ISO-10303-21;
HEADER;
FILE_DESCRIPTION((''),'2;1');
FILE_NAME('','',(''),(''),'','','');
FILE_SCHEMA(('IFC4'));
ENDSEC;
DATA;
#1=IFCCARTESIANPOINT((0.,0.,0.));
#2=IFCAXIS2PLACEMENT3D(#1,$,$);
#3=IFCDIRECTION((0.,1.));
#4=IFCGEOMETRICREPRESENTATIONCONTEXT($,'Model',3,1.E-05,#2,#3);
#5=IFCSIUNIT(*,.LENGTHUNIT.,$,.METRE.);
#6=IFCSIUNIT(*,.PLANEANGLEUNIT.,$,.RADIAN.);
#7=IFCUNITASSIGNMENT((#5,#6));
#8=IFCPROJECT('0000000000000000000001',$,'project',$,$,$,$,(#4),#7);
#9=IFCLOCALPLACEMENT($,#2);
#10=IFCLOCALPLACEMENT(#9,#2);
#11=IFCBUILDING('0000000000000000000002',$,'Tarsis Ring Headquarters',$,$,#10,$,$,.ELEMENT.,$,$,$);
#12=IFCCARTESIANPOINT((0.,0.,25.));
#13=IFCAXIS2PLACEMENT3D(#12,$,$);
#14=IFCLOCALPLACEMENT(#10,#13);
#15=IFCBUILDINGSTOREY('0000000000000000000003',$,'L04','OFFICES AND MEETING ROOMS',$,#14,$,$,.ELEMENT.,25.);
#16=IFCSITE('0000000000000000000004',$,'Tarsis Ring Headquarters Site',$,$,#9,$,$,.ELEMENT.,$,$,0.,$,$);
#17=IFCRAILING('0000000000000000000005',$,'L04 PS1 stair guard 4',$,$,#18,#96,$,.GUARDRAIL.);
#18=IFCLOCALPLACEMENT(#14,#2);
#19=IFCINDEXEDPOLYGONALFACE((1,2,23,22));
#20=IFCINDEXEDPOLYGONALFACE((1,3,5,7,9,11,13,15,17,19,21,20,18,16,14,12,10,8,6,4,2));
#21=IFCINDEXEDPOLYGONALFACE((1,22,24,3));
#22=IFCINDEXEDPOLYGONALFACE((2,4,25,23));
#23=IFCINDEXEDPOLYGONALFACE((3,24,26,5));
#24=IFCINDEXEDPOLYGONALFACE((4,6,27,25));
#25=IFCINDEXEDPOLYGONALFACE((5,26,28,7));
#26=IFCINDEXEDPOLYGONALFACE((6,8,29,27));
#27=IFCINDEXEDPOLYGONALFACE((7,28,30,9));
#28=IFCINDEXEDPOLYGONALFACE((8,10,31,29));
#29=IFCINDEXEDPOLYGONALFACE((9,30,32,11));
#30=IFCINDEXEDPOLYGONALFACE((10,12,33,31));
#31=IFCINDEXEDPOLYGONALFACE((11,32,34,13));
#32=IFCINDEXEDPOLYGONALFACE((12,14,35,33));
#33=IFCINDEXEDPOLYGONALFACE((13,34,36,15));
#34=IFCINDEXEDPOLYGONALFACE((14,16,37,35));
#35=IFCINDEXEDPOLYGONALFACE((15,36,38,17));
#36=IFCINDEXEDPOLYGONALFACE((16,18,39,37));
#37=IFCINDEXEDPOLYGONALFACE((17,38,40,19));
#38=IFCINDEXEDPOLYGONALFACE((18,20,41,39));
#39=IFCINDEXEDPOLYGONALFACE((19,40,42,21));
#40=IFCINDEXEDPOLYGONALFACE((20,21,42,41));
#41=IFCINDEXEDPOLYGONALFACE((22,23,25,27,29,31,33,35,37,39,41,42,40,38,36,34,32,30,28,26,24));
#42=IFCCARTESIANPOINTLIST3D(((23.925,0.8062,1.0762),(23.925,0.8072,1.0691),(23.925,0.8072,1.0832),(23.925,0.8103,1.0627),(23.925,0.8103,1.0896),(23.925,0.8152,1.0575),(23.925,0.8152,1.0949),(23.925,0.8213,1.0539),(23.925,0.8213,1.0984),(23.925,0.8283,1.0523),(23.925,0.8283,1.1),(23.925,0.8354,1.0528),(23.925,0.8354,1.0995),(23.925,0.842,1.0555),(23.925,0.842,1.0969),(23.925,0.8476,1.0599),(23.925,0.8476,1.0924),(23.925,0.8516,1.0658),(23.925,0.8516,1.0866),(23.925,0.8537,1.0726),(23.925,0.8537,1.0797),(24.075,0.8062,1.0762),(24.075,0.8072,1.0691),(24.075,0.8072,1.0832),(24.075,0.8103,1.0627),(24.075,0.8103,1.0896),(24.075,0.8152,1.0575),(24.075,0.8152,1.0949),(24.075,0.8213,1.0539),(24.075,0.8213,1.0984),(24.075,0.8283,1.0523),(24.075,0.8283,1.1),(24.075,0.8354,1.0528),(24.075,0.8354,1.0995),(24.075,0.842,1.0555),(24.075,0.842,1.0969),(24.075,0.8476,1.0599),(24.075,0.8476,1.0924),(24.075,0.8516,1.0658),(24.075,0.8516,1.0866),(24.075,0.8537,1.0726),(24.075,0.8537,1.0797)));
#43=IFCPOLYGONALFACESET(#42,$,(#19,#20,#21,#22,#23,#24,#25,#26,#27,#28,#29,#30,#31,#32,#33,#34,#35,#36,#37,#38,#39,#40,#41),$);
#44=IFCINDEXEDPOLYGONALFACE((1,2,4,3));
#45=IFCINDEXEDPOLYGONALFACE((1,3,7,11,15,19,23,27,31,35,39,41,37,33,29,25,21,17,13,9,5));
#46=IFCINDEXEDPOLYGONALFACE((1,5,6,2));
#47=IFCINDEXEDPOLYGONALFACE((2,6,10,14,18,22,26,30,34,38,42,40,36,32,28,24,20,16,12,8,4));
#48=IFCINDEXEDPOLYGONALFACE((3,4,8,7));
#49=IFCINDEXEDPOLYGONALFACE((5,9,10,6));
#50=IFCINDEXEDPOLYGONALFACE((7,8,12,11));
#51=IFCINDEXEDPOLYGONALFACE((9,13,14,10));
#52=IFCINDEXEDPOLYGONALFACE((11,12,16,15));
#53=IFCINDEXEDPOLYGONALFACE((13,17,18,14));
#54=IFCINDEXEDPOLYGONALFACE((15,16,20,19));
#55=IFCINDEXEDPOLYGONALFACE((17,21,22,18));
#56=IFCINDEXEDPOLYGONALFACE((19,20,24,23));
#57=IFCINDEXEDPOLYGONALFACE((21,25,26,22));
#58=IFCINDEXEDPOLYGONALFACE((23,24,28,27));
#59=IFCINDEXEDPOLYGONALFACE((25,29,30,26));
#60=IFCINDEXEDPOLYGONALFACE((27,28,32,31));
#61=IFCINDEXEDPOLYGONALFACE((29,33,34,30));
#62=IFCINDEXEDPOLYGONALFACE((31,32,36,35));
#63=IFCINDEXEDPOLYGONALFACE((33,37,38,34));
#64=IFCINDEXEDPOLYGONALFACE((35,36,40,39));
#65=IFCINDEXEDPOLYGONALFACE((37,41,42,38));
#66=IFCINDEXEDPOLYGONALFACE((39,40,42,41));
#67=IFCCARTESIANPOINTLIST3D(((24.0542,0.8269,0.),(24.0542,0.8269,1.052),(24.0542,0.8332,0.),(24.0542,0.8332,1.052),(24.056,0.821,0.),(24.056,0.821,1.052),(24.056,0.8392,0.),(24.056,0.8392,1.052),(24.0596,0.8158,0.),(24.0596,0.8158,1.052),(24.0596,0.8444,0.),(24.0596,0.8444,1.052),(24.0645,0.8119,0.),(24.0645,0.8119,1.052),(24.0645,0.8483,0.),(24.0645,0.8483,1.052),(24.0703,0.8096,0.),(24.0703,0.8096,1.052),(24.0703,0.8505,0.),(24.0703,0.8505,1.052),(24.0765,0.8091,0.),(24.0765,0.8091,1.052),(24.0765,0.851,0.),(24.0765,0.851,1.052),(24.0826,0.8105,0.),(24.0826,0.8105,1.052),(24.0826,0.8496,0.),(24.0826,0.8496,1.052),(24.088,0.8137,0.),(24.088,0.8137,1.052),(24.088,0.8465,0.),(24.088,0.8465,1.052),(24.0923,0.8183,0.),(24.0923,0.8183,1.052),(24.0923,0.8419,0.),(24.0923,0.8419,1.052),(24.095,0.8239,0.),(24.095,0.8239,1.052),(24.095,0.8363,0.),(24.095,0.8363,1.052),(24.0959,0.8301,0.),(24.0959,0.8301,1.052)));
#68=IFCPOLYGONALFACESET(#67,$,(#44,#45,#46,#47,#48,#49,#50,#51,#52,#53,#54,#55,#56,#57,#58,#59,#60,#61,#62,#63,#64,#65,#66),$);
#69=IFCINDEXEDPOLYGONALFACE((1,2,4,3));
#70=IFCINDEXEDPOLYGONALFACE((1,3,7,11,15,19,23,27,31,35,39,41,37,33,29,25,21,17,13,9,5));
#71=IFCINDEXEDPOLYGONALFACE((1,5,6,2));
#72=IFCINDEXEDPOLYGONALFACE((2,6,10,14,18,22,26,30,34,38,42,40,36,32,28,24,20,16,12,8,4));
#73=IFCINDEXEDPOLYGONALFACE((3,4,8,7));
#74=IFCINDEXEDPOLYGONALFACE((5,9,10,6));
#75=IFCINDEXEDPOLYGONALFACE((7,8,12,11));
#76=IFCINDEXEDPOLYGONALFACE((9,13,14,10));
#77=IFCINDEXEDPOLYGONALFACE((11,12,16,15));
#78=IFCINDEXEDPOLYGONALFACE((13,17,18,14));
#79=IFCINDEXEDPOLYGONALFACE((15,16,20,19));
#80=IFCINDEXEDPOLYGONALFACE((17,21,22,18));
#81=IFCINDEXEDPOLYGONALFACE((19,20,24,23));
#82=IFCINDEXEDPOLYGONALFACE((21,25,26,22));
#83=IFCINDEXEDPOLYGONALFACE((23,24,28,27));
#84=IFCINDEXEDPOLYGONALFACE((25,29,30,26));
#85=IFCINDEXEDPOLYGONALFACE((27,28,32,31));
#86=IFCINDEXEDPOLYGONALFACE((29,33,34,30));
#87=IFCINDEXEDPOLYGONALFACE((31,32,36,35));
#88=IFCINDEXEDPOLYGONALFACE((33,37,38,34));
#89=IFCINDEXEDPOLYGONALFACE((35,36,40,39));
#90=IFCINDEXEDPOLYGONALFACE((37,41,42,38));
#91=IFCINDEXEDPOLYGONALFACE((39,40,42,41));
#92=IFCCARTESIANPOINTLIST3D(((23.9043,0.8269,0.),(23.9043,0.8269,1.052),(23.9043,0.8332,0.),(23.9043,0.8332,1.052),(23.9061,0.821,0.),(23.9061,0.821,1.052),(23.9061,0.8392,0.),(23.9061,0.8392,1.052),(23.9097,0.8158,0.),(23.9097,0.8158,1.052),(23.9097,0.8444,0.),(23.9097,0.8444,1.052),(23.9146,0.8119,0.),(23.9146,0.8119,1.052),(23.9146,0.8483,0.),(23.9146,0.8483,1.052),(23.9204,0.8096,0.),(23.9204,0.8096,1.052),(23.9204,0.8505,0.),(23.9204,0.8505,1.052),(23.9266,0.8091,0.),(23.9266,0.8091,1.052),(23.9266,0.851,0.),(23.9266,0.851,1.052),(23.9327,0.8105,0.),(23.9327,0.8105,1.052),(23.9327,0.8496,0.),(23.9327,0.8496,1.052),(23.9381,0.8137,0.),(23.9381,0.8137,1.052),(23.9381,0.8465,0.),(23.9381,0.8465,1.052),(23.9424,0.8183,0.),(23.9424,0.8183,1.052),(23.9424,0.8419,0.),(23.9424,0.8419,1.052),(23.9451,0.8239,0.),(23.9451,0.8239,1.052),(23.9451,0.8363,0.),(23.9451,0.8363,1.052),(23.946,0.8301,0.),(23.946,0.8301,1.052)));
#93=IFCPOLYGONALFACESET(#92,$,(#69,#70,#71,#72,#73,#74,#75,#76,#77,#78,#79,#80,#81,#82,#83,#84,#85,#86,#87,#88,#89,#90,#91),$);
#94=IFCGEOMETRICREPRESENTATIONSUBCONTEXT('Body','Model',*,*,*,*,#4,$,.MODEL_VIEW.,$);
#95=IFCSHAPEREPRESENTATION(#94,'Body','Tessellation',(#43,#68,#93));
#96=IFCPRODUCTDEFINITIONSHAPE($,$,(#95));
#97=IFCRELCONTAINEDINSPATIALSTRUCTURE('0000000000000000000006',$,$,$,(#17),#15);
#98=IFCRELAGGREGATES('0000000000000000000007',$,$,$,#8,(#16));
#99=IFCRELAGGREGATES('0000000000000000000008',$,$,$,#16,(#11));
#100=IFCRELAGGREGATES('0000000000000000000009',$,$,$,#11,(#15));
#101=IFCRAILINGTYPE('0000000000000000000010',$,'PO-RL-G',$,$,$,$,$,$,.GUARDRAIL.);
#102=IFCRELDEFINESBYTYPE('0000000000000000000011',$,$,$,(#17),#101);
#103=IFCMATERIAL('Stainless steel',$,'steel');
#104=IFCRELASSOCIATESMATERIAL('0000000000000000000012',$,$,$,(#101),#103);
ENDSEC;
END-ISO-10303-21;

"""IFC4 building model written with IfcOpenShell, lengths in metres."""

from ifc_helpers import new_model, si_unit, direction, frame, origin, origin_2d, place, context, subcontext, project, spatial, circle, extrude, material, type_object, element, save


model = new_model("IFC4")

# Units and contexts
model_context = context("Model", 3, precision=1e-05, world=origin(), true_north=direction((0.0, 1.0)))
body_context = subcontext(model_context, "Body", "Model", "MODEL_VIEW")
ifc_project = project(units=[si_unit("LENGTHUNIT", "METRE"), si_unit("PLANEANGLEUNIT", "RADIAN")], contexts=[model_context])

# Site, building, storey
site_placement = place(None, origin())
site = spatial("IfcSite", under=ifc_project, at=site_placement, Name="Tarsis Ring Headquarters Site", CompositionType="ELEMENT", RefElevation=0.0)
building_placement = place(site_placement, origin())
building = spatial("IfcBuilding", under=site, at=building_placement, Name="Tarsis Ring Headquarters", CompositionType="ELEMENT")
storey_placement = place(building_placement, frame((0.0, 0.0, 25.0)))
storey = spatial("IfcBuildingStorey", under=building, at=storey_placement, Name="L04", Description="OFFICES AND MEETING ROOMS", CompositionType="ELEMENT", Elevation=25.0)

# Railing
ifc_material_1 = material(Name="Stainless steel", Category="steel")
railing_type_1 = type_object("IfcRailingType", Name="PO-RL-G", PredefinedType="GUARDRAIL", material=ifc_material_1)
railing_1_placement = place(storey_placement, frame((24.075, 0.8301, 0.0)))
element("IfcRailing", 1, at=railing_1_placement, inside=storey, type_object=railing_type_1, Name="L04 PS1 stair guard 4", PredefinedType="GUARDRAIL", context=body_context, shape_type="SweptSolid", body=[
    extrude(circle(Radius=0.0239, at=origin_2d()), frame((0.0, 0.0, 1.0762), z_axis=(-1.0, 0.0, 0.0), x_axis=(0.0, -1.0, 0.0)), (0.0, 0.0, 1.0), 0.1499),
    extrude(circle(Radius=0.021, at=origin_2d()), origin(), (0.0, 0.0, 1.0), 1.052),
    extrude(circle(Radius=0.021, at=origin_2d()), frame((-0.1499, 0.0, 0.0)), (0.0, 0.0, 1.0), 1.052),
])

save(model, "model.ifc")
